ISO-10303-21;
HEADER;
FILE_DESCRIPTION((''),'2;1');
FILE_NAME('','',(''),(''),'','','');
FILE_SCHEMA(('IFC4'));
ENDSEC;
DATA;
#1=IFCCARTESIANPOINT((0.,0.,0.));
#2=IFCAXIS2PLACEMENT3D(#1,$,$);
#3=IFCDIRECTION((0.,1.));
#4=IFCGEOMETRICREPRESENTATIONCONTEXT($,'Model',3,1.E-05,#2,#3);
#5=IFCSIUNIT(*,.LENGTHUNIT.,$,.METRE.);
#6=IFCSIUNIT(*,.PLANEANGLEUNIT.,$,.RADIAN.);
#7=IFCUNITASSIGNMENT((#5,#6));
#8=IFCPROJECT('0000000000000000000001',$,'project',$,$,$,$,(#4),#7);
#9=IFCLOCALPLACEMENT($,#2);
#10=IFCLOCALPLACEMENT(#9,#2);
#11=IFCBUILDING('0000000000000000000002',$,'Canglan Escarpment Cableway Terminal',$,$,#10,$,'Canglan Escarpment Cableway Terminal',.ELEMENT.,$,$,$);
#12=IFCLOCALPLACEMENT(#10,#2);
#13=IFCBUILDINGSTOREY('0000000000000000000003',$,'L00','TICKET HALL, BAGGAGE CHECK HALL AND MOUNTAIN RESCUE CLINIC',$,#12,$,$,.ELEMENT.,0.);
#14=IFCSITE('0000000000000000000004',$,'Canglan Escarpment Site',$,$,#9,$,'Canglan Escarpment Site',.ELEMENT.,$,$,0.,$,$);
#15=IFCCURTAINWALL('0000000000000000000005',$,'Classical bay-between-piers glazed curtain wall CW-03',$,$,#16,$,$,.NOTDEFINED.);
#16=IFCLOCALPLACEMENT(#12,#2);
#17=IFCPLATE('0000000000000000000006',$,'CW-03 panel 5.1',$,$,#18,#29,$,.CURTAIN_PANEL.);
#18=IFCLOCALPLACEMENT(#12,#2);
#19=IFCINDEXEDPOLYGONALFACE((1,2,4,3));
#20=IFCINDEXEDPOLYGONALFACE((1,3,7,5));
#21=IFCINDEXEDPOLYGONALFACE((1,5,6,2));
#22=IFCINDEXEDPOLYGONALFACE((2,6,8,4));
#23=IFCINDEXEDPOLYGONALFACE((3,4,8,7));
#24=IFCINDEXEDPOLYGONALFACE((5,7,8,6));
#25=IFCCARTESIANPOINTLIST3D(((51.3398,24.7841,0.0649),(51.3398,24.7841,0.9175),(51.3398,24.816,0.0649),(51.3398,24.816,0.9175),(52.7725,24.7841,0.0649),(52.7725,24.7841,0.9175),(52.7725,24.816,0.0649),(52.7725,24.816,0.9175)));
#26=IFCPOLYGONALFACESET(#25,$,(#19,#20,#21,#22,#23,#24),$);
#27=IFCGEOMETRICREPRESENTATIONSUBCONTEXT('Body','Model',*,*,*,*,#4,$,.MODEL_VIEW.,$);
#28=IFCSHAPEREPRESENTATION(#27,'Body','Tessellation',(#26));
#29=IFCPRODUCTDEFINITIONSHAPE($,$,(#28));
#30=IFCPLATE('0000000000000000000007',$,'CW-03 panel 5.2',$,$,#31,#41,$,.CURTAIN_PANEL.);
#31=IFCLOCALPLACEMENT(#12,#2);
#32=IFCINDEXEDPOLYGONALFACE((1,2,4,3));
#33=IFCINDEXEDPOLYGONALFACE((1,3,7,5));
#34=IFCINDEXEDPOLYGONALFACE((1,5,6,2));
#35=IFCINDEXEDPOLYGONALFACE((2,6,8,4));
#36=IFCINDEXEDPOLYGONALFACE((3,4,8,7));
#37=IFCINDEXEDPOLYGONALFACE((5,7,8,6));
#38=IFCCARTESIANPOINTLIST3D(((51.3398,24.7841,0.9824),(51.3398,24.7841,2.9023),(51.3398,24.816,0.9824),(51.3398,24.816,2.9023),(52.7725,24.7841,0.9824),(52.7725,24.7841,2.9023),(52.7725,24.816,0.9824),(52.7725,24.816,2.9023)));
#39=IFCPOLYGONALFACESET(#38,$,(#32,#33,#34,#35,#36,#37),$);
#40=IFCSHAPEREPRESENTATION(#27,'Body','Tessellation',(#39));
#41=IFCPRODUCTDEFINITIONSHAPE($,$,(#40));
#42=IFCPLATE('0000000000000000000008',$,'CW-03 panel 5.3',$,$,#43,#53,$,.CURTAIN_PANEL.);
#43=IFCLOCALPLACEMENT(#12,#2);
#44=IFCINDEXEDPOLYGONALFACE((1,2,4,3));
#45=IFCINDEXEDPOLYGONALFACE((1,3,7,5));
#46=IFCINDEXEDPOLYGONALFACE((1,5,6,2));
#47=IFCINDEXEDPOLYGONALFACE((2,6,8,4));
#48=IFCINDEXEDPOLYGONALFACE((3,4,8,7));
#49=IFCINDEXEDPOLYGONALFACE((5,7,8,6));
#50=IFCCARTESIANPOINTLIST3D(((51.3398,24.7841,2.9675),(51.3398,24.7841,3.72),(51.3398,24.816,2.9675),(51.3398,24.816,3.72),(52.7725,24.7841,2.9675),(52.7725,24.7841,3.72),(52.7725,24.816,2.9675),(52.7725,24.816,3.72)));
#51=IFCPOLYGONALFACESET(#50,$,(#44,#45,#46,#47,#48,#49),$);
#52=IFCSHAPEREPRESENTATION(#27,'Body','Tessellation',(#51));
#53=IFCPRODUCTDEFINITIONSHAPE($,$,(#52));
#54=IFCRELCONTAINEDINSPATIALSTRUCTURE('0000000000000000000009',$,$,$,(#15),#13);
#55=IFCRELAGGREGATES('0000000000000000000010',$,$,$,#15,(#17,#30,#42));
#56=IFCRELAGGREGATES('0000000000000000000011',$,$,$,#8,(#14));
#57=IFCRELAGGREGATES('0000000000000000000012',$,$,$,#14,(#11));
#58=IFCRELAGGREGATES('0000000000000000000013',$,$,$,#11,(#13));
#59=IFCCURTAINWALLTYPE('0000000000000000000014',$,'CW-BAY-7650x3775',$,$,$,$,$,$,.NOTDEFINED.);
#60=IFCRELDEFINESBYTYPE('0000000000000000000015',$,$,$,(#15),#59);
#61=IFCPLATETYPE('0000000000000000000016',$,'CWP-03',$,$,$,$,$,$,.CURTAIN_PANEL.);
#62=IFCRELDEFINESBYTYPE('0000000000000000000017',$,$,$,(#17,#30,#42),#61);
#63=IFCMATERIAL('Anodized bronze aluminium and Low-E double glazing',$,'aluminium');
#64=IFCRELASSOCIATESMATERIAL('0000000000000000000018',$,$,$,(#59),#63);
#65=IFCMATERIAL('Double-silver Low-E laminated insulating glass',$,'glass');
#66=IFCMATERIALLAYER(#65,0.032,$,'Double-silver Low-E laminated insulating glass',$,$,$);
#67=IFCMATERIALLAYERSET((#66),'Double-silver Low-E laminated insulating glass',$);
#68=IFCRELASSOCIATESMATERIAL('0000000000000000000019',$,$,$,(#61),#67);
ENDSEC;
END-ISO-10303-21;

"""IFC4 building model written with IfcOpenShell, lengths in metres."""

from ifc_helpers import new_model, si_unit, direction, frame, origin, origin_2d, place, context, subcontext, project, spatial, rectangle, extrude, material, layer, layer_set, type_object, element, aggregate, save


model = new_model("IFC4")

# Units and contexts
model_context = context("Model", 3, precision=1e-05, world=origin(), true_north=direction((0.0, 1.0)))
body_context = subcontext(model_context, "Body", "Model", "MODEL_VIEW")
ifc_project = project(units=[si_unit("LENGTHUNIT", "METRE"), si_unit("PLANEANGLEUNIT", "RADIAN")], contexts=[model_context])

# Site, building, storey
site_placement = place(None, origin())
site = spatial("IfcSite", under=ifc_project, at=site_placement, Name="Canglan Escarpment Site", LongName="Canglan Escarpment Site", CompositionType="ELEMENT", RefElevation=0.0)
building_placement = place(site_placement, origin())
building = spatial("IfcBuilding", under=site, at=building_placement, Name="Canglan Escarpment Cableway Terminal", LongName="Canglan Escarpment Cableway Terminal", CompositionType="ELEMENT")
storey_placement = place(building_placement, origin())
storey = spatial("IfcBuildingStorey", under=building, at=storey_placement, Name="L00", Description="TICKET HALL, BAGGAGE CHECK HALL AND MOUNTAIN RESCUE CLINIC", CompositionType="ELEMENT", Elevation=0.0)

# Shared definitions
ifc_material_1 = material(Name="Anodized bronze aluminium and Low-E double glazing", Category="aluminium")
curtain_wall_type = type_object("IfcCurtainWallType", Name="CW-BAY-7650x3775", PredefinedType="NOTDEFINED", material=ifc_material_1)

# Curtain wall
curtain_wall_1_placement = place(storey_placement, origin())
curtain_wall_1 = element("IfcCurtainWall", 1, at=curtain_wall_1_placement, inside=storey, type_object=curtain_wall_type, Name="Classical bay-between-piers glazed curtain wall CW-03", PredefinedType="NOTDEFINED")

# Plates
ifc_material_2 = material(Name="Double-silver Low-E laminated insulating glass", Category="glass")
ifc_layer_1 = layer(ifc_material_2, 0.032, Name="Double-silver Low-E laminated insulating glass")
ifc_layer_set_1 = layer_set([ifc_layer_1], Name="Double-silver Low-E laminated insulating glass")
plate_type_1 = type_object("IfcPlateType", Name="CWP-03", PredefinedType="CURTAIN_PANEL", material=ifc_layer_set_1)
plate_1_placement = place(storey_placement, frame((52.0562, 24.8, 0.0649), z_axis=(0.0, 0.0, 1.0), x_axis=(-1.0, 0.0, 0.0)))
plate_1 = element("IfcPlate", 2, at=plate_1_placement, type_object=plate_type_1, Name="CW-03 panel 5.1", PredefinedType="CURTAIN_PANEL", context=body_context, shape_type="SweptSolid", body=[
    extrude(rectangle(XDim=1.4326, YDim=0.032, at=origin_2d()), origin(), (0.0, 0.0, 1.0), 0.8525),
])
plate_2_placement = place(storey_placement, frame((52.0562, 24.8, 0.9824), z_axis=(0.0, 0.0, 1.0), x_axis=(-1.0, 0.0, 0.0)))
plate_2 = element("IfcPlate", 3, at=plate_2_placement, type_object=plate_type_1, Name="CW-03 panel 5.2", PredefinedType="CURTAIN_PANEL", context=body_context, shape_type="SweptSolid", body=[
    extrude(rectangle(XDim=1.4326, YDim=0.032, at=origin_2d()), origin(), (0.0, 0.0, 1.0), 1.9199),
])
plate_3_placement = place(storey_placement, frame((52.0562, 24.8, 2.9675), z_axis=(0.0, 0.0, 1.0), x_axis=(-1.0, 0.0, 0.0)))
plate_3 = element("IfcPlate", 4, at=plate_3_placement, type_object=plate_type_1, Name="CW-03 panel 5.3", PredefinedType="CURTAIN_PANEL", context=body_context, shape_type="SweptSolid", body=[
    extrude(rectangle(XDim=1.4326, YDim=0.032, at=origin_2d()), origin(), (0.0, 0.0, 1.0), 0.7524),
])
aggregate(curtain_wall_1, [plate_1, plate_2, plate_3])

save(model, "model.ifc")
